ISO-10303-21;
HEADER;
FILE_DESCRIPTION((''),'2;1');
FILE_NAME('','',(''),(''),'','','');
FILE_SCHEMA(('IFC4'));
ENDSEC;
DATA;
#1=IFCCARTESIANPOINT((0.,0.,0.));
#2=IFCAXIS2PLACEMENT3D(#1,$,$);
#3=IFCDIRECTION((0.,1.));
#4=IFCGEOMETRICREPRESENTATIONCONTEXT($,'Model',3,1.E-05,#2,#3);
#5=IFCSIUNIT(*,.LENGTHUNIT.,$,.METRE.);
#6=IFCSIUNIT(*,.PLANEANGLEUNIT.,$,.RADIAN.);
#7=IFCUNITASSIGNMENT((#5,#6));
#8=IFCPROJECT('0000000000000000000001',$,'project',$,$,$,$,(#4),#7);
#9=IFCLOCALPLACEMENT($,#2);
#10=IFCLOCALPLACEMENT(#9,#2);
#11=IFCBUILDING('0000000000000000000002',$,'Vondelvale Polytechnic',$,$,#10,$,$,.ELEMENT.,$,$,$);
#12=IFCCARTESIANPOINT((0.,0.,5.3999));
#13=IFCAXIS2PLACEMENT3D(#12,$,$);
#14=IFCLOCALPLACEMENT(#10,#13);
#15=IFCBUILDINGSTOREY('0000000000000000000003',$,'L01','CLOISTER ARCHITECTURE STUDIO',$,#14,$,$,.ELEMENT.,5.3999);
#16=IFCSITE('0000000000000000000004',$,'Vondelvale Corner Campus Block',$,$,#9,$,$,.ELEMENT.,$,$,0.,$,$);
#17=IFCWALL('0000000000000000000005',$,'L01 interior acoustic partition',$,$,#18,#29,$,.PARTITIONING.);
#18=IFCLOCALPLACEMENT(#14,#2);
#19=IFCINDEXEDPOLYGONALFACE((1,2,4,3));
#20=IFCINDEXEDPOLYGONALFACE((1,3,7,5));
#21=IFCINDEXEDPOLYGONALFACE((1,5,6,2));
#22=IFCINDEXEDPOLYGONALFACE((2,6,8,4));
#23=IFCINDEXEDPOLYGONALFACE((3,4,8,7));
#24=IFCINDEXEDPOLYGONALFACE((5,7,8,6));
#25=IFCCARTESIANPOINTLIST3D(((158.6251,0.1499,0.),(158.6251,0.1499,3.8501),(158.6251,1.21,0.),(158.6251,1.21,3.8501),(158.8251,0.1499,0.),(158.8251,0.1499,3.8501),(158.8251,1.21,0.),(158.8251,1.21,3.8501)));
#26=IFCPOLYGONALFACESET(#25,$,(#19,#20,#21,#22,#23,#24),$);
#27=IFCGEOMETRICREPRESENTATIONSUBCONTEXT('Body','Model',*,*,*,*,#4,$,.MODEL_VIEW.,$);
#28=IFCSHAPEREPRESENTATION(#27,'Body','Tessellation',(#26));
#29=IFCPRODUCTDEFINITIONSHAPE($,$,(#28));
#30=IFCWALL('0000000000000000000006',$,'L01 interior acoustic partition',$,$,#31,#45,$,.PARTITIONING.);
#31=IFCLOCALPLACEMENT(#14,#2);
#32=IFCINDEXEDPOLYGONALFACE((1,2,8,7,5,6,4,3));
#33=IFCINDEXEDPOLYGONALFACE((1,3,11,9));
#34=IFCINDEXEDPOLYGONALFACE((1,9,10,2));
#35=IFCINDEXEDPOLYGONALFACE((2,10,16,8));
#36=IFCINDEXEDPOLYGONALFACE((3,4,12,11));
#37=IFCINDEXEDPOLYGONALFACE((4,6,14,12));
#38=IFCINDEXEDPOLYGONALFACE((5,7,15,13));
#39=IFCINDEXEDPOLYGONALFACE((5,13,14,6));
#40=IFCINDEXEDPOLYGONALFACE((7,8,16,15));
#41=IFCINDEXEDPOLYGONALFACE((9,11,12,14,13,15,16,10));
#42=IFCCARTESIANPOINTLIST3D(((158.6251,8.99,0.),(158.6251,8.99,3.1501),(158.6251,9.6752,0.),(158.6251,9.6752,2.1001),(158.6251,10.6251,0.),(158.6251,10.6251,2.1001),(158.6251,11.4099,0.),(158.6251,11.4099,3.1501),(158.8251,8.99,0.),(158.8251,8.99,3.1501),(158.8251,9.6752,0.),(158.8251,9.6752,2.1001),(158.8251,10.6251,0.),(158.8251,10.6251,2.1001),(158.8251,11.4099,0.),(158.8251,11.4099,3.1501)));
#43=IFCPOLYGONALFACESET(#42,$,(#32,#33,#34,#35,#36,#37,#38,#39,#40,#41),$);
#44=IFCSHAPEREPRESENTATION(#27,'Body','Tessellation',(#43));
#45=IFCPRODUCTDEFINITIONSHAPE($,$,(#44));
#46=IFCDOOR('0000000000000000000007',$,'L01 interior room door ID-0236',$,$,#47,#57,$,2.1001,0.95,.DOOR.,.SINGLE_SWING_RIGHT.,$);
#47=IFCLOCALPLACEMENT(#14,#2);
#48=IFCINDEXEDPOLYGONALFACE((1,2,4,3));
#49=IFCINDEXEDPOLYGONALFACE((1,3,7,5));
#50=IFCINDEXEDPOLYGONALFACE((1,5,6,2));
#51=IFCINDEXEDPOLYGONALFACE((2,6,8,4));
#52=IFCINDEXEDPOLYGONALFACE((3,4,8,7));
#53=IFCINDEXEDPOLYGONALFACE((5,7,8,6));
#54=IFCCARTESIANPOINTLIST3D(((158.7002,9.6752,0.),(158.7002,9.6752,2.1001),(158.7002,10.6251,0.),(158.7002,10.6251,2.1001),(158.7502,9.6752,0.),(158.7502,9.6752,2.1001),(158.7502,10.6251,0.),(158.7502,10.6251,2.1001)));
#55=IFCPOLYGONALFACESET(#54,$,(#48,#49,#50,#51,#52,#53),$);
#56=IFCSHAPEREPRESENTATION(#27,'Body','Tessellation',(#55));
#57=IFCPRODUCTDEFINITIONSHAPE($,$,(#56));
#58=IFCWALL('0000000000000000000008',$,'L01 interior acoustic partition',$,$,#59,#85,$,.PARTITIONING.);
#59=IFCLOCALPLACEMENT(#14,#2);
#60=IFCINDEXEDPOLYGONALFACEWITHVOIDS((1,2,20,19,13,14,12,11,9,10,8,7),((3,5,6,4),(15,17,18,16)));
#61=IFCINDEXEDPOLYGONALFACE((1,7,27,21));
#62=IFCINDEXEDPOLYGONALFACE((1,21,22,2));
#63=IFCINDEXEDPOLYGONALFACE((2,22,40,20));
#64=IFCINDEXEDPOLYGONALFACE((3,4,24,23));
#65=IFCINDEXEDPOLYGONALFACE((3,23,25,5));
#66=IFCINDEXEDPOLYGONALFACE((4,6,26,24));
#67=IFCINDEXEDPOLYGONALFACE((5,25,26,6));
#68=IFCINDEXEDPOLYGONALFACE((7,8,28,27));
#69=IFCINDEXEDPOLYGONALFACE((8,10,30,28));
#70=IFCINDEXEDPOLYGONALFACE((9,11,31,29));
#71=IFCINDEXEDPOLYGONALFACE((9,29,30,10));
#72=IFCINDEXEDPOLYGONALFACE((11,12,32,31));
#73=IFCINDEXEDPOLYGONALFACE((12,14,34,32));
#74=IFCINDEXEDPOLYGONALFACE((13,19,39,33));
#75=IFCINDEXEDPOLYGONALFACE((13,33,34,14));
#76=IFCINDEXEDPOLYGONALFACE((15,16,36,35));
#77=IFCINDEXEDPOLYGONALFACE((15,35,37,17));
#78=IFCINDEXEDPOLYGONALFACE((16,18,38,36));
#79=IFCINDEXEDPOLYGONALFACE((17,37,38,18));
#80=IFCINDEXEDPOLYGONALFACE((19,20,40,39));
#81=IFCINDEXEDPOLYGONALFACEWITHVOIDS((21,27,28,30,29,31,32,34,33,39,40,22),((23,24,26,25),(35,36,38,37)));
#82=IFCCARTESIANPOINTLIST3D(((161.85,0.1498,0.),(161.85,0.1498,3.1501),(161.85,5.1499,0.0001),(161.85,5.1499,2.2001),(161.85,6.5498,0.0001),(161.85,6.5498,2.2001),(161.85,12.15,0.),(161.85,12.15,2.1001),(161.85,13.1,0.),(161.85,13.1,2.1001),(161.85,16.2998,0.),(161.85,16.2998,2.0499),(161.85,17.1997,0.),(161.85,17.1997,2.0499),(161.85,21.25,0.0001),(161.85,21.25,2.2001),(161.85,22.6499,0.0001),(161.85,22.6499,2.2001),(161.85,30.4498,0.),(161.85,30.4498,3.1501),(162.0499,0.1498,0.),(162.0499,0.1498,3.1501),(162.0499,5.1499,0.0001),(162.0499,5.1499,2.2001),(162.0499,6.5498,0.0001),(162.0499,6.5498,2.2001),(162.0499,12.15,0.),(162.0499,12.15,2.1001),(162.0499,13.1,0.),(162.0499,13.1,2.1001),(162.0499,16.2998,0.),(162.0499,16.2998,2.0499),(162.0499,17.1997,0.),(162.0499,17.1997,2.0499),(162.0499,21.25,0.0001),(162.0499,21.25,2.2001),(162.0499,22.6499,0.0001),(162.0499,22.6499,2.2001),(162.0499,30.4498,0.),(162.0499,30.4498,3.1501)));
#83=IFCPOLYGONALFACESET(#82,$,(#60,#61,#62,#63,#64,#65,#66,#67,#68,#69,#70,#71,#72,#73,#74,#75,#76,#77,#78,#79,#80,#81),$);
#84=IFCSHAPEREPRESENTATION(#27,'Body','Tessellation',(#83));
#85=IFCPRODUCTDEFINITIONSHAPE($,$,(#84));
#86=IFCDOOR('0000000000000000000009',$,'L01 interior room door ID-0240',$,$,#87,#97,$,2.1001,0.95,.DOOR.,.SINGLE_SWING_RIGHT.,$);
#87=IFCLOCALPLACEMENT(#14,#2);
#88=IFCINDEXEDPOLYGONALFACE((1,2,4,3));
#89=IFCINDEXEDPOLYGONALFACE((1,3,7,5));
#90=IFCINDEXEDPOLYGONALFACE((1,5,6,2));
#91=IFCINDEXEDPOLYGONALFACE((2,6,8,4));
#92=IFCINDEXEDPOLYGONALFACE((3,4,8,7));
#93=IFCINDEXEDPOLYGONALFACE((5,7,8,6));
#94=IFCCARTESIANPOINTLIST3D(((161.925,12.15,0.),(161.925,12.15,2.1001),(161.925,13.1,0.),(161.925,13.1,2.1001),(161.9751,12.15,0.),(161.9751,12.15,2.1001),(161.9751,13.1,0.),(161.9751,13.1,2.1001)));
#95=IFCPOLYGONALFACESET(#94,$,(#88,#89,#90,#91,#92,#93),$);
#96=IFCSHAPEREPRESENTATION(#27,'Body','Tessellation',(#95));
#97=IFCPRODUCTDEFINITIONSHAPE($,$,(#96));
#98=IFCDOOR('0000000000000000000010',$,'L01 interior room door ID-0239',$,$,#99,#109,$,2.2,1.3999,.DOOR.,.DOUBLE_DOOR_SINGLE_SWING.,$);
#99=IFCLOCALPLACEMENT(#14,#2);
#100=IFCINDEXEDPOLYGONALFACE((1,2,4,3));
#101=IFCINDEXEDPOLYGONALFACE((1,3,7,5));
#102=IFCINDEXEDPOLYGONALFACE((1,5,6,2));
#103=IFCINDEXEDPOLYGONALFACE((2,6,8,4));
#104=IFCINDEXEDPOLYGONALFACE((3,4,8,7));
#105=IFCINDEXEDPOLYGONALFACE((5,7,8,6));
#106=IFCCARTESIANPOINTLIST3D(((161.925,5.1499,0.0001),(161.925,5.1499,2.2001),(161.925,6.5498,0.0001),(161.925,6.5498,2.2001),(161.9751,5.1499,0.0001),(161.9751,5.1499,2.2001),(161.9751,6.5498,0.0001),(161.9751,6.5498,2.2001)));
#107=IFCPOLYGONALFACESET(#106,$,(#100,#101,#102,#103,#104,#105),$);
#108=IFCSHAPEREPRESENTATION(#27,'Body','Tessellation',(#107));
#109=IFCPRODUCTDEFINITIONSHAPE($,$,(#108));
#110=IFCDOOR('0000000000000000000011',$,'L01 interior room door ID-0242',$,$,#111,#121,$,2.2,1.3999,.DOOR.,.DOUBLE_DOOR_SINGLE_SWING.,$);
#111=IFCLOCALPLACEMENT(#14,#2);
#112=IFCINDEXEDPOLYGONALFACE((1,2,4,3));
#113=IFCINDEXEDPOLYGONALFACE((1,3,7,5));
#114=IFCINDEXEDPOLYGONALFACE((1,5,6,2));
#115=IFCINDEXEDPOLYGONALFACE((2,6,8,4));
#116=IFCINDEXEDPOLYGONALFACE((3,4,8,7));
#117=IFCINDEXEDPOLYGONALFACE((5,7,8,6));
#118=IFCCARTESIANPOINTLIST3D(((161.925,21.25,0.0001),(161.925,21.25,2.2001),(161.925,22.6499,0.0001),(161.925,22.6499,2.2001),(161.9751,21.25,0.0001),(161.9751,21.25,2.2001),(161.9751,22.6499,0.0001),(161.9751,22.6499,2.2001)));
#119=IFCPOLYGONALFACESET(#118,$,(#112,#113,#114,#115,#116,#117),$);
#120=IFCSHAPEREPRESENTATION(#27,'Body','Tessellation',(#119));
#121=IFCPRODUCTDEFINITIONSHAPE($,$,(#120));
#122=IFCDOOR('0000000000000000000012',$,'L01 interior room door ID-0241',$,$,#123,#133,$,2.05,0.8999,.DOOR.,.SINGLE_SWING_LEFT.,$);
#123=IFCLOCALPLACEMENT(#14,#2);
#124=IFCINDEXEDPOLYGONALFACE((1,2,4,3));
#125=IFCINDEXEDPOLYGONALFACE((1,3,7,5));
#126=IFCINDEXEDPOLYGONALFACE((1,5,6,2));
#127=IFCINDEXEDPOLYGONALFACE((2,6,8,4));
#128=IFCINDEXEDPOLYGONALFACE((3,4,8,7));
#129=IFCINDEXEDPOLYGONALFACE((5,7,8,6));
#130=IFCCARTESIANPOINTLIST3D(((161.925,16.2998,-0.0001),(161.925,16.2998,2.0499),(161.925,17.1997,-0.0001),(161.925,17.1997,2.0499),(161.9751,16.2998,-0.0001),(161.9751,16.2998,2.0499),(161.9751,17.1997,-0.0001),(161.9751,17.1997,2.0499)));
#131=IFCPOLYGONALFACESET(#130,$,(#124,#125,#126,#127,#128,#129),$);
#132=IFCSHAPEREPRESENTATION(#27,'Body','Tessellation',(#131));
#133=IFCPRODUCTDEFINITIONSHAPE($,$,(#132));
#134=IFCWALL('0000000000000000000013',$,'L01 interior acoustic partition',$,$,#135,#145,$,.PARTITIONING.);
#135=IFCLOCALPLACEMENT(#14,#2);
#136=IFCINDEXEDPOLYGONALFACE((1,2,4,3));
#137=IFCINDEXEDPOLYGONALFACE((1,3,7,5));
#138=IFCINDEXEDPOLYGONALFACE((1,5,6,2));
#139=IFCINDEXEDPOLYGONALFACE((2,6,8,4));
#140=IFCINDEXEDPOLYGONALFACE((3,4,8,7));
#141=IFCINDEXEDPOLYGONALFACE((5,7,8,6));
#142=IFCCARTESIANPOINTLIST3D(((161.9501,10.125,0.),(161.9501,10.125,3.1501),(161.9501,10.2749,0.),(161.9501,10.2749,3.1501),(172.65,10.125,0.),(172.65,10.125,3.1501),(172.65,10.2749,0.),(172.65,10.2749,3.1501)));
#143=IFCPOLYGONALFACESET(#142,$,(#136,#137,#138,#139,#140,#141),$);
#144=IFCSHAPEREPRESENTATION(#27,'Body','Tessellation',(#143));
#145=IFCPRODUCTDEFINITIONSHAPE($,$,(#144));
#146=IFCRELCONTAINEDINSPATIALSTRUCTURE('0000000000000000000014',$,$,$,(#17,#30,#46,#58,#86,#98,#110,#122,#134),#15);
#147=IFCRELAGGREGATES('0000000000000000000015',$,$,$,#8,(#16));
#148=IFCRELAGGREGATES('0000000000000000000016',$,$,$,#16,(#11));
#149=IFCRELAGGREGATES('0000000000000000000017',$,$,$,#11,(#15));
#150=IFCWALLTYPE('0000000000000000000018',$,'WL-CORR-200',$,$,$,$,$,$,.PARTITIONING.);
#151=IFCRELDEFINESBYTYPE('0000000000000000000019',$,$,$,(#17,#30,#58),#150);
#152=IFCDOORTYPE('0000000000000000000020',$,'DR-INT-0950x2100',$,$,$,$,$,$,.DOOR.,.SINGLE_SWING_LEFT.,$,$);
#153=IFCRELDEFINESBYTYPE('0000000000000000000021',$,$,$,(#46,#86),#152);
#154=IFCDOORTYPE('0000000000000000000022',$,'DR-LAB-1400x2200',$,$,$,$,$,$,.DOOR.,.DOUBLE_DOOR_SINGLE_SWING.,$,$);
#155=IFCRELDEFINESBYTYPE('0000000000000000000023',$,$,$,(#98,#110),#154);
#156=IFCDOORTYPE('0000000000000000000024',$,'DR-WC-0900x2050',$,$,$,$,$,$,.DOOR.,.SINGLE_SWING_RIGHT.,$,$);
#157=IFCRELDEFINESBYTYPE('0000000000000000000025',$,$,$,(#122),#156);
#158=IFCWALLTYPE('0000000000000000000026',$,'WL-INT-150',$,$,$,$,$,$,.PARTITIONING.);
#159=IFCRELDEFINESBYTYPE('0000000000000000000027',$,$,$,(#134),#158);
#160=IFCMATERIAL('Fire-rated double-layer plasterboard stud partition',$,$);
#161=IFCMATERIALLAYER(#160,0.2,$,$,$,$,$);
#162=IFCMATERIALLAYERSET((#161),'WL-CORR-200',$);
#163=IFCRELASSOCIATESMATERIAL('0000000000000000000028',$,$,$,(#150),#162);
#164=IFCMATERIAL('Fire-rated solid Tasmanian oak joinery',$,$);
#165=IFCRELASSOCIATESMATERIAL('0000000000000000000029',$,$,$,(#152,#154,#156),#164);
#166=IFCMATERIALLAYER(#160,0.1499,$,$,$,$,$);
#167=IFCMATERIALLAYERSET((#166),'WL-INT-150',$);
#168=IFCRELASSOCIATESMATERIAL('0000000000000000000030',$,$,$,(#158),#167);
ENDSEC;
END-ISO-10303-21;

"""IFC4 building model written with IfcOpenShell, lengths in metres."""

from ifc_helpers import new_model, si_unit, direction, frame, frame_2d, origin, place, context, subcontext, project, spatial, rectangle, extrude, material, layer, layer_set, type_object, element, fill, save


model = new_model("IFC4")

# Units and contexts
model_context = context("Model", 3, precision=1e-05, world=origin(), true_north=direction((0.0, 1.0)))
body_context = subcontext(model_context, "Body", "Model", "MODEL_VIEW")
ifc_project = project(units=[si_unit("LENGTHUNIT", "METRE"), si_unit("PLANEANGLEUNIT", "RADIAN")], contexts=[model_context])

# Site, building, storey
site_placement = place(None, origin())
site = spatial("IfcSite", under=ifc_project, at=site_placement, Name="Vondelvale Corner Campus Block", CompositionType="ELEMENT", RefElevation=0.0)
building_placement = place(site_placement, origin())
building = spatial("IfcBuilding", under=site, at=building_placement, Name="Vondelvale Polytechnic", CompositionType="ELEMENT")
storey_placement = place(building_placement, frame((0.0, 0.0, 5.3999)))
storey = spatial("IfcBuildingStorey", under=building, at=storey_placement, Name="L01", Description="CLOISTER ARCHITECTURE STUDIO", CompositionType="ELEMENT", Elevation=5.3999)

# Wall
ifc_material_1 = material(Name="Fire-rated double-layer plasterboard stud partition")
ifc_layer_1 = layer(ifc_material_1, 0.2)
ifc_layer_set_1 = layer_set([ifc_layer_1], Name="WL-CORR-200")
wall_type_1 = type_object("IfcWallType", Name="WL-CORR-200", PredefinedType="PARTITIONING", material=ifc_layer_set_1)
wall_1_placement = place(storey_placement, frame((158.7251, 0.1499, 0.0), z_axis=(0.0, 0.0, 1.0), x_axis=(0.0, 1.0, 0.0)))
element("IfcWall", 1, at=wall_1_placement, inside=storey, type_object=wall_type_1, Name="L01 interior acoustic partition", PredefinedType="PARTITIONING", context=body_context, shape_type="SweptSolid", body=[
    extrude(rectangle(XDim=1.0601, YDim=0.2, at=frame_2d((0.53, 0.0))), origin(), (0.0, 0.0, 1.0), 3.8501),
])

# Wall, opening, door
wall_2_placement = place(storey_placement, frame((158.7251, 8.99, 0.0), z_axis=(0.0, 0.0, 1.0), x_axis=(0.0, 1.0, 0.0)))
wall_2 = element("IfcWall", 2, at=wall_2_placement, inside=storey, type_object=wall_type_1, Name="L01 interior acoustic partition", PredefinedType="PARTITIONING", context=body_context, shape_type="SweptSolid", body=[
    extrude(rectangle(XDim=2.4199, YDim=0.2, at=frame_2d((1.21, 0.0))), origin(), (0.0, 0.0, 1.0), 3.1501),
])
opening_1_placement = place(wall_2_placement, frame((0.6851, 0.0, 0.0)))
opening_1 = element("IfcOpeningElement", 3, at=opening_1_placement, cuts=wall_2, PredefinedType="OPENING", context=body_context, shape_type="SweptSolid", body=[
    extrude(rectangle(XDim=0.95, YDim=2.1001, at=frame_2d((0.4751, 1.05))), frame((0.0, 0.1099, 0.0), z_axis=(0.0, -1.0, 0.0), x_axis=(1.0, 0.0, 0.0)), (0.0, 0.0, 1.0), 0.22),
])
ifc_material_2 = material(Name="Fire-rated solid Tasmanian oak joinery")
door_type_1 = type_object("IfcDoorType", Name="DR-INT-0950x2100", OperationType="SINGLE_SWING_LEFT", PredefinedType="DOOR", material=ifc_material_2)
door_1_placement = place(opening_1_placement, origin())
door_1 = element("IfcDoor", 4, at=door_1_placement, inside=storey, type_object=door_type_1, Name="L01 interior room door ID-0236", OperationType="SINGLE_SWING_RIGHT", OverallHeight=2.1001, OverallWidth=0.95, PredefinedType="DOOR", context=body_context, shape_type="SweptSolid", body=[
    extrude(rectangle(XDim=0.95, YDim=2.1001, at=frame_2d((0.4751, 1.05))), frame((0.0, 0.0249, 0.0), z_axis=(0.0, -1.0, 0.0), x_axis=(1.0, 0.0, 0.0)), (0.0, 0.0, 1.0), 0.05),
])
fill(opening_1, door_1)

# Wall, openings, doors
wall_3_placement = place(storey_placement, frame((161.95, 0.1499, 0.0), z_axis=(0.0, 0.0, 1.0), x_axis=(0.0, 1.0, 0.0)))
wall_3 = element("IfcWall", 5, at=wall_3_placement, inside=storey, type_object=wall_type_1, Name="L01 interior acoustic partition", PredefinedType="PARTITIONING", context=body_context, shape_type="SweptSolid", body=[
    extrude(rectangle(XDim=30.3, YDim=0.2, at=frame_2d((15.1499, 0.0))), origin(), (0.0, 0.0, 1.0), 3.1501),
])
opening_2_placement = place(wall_3_placement, frame((5.0, 0.0, 0.0)))
opening_2 = element("IfcOpeningElement", 6, at=opening_2_placement, cuts=wall_3, PredefinedType="OPENING", context=body_context, shape_type="SweptSolid", body=[
    extrude(rectangle(XDim=1.3999, YDim=2.2, at=frame_2d((0.7, 1.1001))), frame((0.0, 0.1099, 0.0), z_axis=(0.0, -1.0, 0.0), x_axis=(1.0, 0.0, 0.0)), (0.0, 0.0, 1.0), 0.22),
])
opening_3_placement = place(wall_3_placement, frame((12.0, 0.0, 0.0)))
opening_3 = element("IfcOpeningElement", 7, at=opening_3_placement, cuts=wall_3, PredefinedType="OPENING", context=body_context, shape_type="SweptSolid", body=[
    extrude(rectangle(XDim=0.95, YDim=2.1001, at=frame_2d((0.4751, 1.05))), frame((0.0, 0.1099, 0.0), z_axis=(0.0, -1.0, 0.0), x_axis=(1.0, 0.0, 0.0)), (0.0, 0.0, 1.0), 0.22),
])
opening_4_placement = place(wall_3_placement, frame((16.1499, 0.0, 0.0)))
opening_4 = element("IfcOpeningElement", 8, at=opening_4_placement, cuts=wall_3, PredefinedType="OPENING", context=body_context, shape_type="SweptSolid", body=[
    extrude(rectangle(XDim=0.8999, YDim=2.05, at=frame_2d((0.45, 1.0249))), frame((0.0, 0.1099, 0.0), z_axis=(0.0, -1.0, 0.0), x_axis=(1.0, 0.0, 0.0)), (0.0, 0.0, 1.0), 0.22),
])
opening_5_placement = place(wall_3_placement, frame((21.1001, 0.0, 0.0)))
opening_5 = element("IfcOpeningElement", 9, at=opening_5_placement, cuts=wall_3, PredefinedType="OPENING", context=body_context, shape_type="SweptSolid", body=[
    extrude(rectangle(XDim=1.3999, YDim=2.2, at=frame_2d((0.7, 1.1001))), frame((0.0, 0.1099, 0.0), z_axis=(0.0, -1.0, 0.0), x_axis=(1.0, 0.0, 0.0)), (0.0, 0.0, 1.0), 0.22),
])
door_2_placement = place(opening_3_placement, origin())
door_2 = element("IfcDoor", 10, at=door_2_placement, inside=storey, type_object=door_type_1, Name="L01 interior room door ID-0240", OperationType="SINGLE_SWING_RIGHT", OverallHeight=2.1001, OverallWidth=0.95, PredefinedType="DOOR", context=body_context, shape_type="SweptSolid", body=[
    extrude(rectangle(XDim=0.95, YDim=2.1001, at=frame_2d((0.4751, 1.05))), frame((0.0, 0.0249, 0.0), z_axis=(0.0, -1.0, 0.0), x_axis=(1.0, 0.0, 0.0)), (0.0, 0.0, 1.0), 0.05),
])
fill(opening_3, door_2)
door_type_2 = type_object("IfcDoorType", Name="DR-LAB-1400x2200", OperationType="DOUBLE_DOOR_SINGLE_SWING", PredefinedType="DOOR", material=ifc_material_2)
door_3_placement = place(opening_2_placement, origin())
door_3 = element("IfcDoor", 11, at=door_3_placement, inside=storey, type_object=door_type_2, Name="L01 interior room door ID-0239", OperationType="DOUBLE_DOOR_SINGLE_SWING", OverallHeight=2.2, OverallWidth=1.3999, PredefinedType="DOOR", context=body_context, shape_type="SweptSolid", body=[
    extrude(rectangle(XDim=1.3999, YDim=2.2, at=frame_2d((0.7, 1.1001))), frame((0.0, 0.0249, 0.0), z_axis=(0.0, -1.0, 0.0), x_axis=(1.0, 0.0, 0.0)), (0.0, 0.0, 1.0), 0.05),
])
fill(opening_2, door_3)
door_4_placement = place(opening_5_placement, origin())
door_4 = element("IfcDoor", 12, at=door_4_placement, inside=storey, type_object=door_type_2, Name="L01 interior room door ID-0242", OperationType="DOUBLE_DOOR_SINGLE_SWING", OverallHeight=2.2, OverallWidth=1.3999, PredefinedType="DOOR", context=body_context, shape_type="SweptSolid", body=[
    extrude(rectangle(XDim=1.3999, YDim=2.2, at=frame_2d((0.7, 1.1001))), frame((0.0, 0.0249, 0.0), z_axis=(0.0, -1.0, 0.0), x_axis=(1.0, 0.0, 0.0)), (0.0, 0.0, 1.0), 0.05),
])
fill(opening_5, door_4)
door_type_3 = type_object("IfcDoorType", Name="DR-WC-0900x2050", OperationType="SINGLE_SWING_RIGHT", PredefinedType="DOOR", material=ifc_material_2)
door_5_placement = place(opening_4_placement, origin())
door_5 = element("IfcDoor", 13, at=door_5_placement, inside=storey, type_object=door_type_3, Name="L01 interior room door ID-0241", OperationType="SINGLE_SWING_LEFT", OverallHeight=2.05, OverallWidth=0.8999, PredefinedType="DOOR", context=body_context, shape_type="SweptSolid", body=[
    extrude(rectangle(XDim=0.8999, YDim=2.05, at=frame_2d((0.45, 1.0249))), frame((0.0, 0.0249, 0.0), z_axis=(0.0, -1.0, 0.0), x_axis=(1.0, 0.0, 0.0)), (0.0, 0.0, 1.0), 0.05),
])
fill(opening_4, door_5)

# Wall
ifc_layer_2 = layer(ifc_material_1, 0.1499)
ifc_layer_set_2 = layer_set([ifc_layer_2], Name="WL-INT-150")
wall_type_2 = type_object("IfcWallType", Name="WL-INT-150", PredefinedType="PARTITIONING", material=ifc_layer_set_2)
wall_4_placement = place(storey_placement, frame((161.95, 10.2, 0.0), z_axis=(0.0, 0.0, 1.0), x_axis=(1.0, 0.0, 0.0)))
element("IfcWall", 14, at=wall_4_placement, inside=storey, type_object=wall_type_2, Name="L01 interior acoustic partition", PredefinedType="PARTITIONING", context=body_context, shape_type="SweptSolid", body=[
    extrude(rectangle(XDim=10.7, YDim=0.1499, at=frame_2d((5.3501, 0.0))), origin(), (0.0, 0.0, 1.0), 3.1501),
])

save(model, "model.ifc")
